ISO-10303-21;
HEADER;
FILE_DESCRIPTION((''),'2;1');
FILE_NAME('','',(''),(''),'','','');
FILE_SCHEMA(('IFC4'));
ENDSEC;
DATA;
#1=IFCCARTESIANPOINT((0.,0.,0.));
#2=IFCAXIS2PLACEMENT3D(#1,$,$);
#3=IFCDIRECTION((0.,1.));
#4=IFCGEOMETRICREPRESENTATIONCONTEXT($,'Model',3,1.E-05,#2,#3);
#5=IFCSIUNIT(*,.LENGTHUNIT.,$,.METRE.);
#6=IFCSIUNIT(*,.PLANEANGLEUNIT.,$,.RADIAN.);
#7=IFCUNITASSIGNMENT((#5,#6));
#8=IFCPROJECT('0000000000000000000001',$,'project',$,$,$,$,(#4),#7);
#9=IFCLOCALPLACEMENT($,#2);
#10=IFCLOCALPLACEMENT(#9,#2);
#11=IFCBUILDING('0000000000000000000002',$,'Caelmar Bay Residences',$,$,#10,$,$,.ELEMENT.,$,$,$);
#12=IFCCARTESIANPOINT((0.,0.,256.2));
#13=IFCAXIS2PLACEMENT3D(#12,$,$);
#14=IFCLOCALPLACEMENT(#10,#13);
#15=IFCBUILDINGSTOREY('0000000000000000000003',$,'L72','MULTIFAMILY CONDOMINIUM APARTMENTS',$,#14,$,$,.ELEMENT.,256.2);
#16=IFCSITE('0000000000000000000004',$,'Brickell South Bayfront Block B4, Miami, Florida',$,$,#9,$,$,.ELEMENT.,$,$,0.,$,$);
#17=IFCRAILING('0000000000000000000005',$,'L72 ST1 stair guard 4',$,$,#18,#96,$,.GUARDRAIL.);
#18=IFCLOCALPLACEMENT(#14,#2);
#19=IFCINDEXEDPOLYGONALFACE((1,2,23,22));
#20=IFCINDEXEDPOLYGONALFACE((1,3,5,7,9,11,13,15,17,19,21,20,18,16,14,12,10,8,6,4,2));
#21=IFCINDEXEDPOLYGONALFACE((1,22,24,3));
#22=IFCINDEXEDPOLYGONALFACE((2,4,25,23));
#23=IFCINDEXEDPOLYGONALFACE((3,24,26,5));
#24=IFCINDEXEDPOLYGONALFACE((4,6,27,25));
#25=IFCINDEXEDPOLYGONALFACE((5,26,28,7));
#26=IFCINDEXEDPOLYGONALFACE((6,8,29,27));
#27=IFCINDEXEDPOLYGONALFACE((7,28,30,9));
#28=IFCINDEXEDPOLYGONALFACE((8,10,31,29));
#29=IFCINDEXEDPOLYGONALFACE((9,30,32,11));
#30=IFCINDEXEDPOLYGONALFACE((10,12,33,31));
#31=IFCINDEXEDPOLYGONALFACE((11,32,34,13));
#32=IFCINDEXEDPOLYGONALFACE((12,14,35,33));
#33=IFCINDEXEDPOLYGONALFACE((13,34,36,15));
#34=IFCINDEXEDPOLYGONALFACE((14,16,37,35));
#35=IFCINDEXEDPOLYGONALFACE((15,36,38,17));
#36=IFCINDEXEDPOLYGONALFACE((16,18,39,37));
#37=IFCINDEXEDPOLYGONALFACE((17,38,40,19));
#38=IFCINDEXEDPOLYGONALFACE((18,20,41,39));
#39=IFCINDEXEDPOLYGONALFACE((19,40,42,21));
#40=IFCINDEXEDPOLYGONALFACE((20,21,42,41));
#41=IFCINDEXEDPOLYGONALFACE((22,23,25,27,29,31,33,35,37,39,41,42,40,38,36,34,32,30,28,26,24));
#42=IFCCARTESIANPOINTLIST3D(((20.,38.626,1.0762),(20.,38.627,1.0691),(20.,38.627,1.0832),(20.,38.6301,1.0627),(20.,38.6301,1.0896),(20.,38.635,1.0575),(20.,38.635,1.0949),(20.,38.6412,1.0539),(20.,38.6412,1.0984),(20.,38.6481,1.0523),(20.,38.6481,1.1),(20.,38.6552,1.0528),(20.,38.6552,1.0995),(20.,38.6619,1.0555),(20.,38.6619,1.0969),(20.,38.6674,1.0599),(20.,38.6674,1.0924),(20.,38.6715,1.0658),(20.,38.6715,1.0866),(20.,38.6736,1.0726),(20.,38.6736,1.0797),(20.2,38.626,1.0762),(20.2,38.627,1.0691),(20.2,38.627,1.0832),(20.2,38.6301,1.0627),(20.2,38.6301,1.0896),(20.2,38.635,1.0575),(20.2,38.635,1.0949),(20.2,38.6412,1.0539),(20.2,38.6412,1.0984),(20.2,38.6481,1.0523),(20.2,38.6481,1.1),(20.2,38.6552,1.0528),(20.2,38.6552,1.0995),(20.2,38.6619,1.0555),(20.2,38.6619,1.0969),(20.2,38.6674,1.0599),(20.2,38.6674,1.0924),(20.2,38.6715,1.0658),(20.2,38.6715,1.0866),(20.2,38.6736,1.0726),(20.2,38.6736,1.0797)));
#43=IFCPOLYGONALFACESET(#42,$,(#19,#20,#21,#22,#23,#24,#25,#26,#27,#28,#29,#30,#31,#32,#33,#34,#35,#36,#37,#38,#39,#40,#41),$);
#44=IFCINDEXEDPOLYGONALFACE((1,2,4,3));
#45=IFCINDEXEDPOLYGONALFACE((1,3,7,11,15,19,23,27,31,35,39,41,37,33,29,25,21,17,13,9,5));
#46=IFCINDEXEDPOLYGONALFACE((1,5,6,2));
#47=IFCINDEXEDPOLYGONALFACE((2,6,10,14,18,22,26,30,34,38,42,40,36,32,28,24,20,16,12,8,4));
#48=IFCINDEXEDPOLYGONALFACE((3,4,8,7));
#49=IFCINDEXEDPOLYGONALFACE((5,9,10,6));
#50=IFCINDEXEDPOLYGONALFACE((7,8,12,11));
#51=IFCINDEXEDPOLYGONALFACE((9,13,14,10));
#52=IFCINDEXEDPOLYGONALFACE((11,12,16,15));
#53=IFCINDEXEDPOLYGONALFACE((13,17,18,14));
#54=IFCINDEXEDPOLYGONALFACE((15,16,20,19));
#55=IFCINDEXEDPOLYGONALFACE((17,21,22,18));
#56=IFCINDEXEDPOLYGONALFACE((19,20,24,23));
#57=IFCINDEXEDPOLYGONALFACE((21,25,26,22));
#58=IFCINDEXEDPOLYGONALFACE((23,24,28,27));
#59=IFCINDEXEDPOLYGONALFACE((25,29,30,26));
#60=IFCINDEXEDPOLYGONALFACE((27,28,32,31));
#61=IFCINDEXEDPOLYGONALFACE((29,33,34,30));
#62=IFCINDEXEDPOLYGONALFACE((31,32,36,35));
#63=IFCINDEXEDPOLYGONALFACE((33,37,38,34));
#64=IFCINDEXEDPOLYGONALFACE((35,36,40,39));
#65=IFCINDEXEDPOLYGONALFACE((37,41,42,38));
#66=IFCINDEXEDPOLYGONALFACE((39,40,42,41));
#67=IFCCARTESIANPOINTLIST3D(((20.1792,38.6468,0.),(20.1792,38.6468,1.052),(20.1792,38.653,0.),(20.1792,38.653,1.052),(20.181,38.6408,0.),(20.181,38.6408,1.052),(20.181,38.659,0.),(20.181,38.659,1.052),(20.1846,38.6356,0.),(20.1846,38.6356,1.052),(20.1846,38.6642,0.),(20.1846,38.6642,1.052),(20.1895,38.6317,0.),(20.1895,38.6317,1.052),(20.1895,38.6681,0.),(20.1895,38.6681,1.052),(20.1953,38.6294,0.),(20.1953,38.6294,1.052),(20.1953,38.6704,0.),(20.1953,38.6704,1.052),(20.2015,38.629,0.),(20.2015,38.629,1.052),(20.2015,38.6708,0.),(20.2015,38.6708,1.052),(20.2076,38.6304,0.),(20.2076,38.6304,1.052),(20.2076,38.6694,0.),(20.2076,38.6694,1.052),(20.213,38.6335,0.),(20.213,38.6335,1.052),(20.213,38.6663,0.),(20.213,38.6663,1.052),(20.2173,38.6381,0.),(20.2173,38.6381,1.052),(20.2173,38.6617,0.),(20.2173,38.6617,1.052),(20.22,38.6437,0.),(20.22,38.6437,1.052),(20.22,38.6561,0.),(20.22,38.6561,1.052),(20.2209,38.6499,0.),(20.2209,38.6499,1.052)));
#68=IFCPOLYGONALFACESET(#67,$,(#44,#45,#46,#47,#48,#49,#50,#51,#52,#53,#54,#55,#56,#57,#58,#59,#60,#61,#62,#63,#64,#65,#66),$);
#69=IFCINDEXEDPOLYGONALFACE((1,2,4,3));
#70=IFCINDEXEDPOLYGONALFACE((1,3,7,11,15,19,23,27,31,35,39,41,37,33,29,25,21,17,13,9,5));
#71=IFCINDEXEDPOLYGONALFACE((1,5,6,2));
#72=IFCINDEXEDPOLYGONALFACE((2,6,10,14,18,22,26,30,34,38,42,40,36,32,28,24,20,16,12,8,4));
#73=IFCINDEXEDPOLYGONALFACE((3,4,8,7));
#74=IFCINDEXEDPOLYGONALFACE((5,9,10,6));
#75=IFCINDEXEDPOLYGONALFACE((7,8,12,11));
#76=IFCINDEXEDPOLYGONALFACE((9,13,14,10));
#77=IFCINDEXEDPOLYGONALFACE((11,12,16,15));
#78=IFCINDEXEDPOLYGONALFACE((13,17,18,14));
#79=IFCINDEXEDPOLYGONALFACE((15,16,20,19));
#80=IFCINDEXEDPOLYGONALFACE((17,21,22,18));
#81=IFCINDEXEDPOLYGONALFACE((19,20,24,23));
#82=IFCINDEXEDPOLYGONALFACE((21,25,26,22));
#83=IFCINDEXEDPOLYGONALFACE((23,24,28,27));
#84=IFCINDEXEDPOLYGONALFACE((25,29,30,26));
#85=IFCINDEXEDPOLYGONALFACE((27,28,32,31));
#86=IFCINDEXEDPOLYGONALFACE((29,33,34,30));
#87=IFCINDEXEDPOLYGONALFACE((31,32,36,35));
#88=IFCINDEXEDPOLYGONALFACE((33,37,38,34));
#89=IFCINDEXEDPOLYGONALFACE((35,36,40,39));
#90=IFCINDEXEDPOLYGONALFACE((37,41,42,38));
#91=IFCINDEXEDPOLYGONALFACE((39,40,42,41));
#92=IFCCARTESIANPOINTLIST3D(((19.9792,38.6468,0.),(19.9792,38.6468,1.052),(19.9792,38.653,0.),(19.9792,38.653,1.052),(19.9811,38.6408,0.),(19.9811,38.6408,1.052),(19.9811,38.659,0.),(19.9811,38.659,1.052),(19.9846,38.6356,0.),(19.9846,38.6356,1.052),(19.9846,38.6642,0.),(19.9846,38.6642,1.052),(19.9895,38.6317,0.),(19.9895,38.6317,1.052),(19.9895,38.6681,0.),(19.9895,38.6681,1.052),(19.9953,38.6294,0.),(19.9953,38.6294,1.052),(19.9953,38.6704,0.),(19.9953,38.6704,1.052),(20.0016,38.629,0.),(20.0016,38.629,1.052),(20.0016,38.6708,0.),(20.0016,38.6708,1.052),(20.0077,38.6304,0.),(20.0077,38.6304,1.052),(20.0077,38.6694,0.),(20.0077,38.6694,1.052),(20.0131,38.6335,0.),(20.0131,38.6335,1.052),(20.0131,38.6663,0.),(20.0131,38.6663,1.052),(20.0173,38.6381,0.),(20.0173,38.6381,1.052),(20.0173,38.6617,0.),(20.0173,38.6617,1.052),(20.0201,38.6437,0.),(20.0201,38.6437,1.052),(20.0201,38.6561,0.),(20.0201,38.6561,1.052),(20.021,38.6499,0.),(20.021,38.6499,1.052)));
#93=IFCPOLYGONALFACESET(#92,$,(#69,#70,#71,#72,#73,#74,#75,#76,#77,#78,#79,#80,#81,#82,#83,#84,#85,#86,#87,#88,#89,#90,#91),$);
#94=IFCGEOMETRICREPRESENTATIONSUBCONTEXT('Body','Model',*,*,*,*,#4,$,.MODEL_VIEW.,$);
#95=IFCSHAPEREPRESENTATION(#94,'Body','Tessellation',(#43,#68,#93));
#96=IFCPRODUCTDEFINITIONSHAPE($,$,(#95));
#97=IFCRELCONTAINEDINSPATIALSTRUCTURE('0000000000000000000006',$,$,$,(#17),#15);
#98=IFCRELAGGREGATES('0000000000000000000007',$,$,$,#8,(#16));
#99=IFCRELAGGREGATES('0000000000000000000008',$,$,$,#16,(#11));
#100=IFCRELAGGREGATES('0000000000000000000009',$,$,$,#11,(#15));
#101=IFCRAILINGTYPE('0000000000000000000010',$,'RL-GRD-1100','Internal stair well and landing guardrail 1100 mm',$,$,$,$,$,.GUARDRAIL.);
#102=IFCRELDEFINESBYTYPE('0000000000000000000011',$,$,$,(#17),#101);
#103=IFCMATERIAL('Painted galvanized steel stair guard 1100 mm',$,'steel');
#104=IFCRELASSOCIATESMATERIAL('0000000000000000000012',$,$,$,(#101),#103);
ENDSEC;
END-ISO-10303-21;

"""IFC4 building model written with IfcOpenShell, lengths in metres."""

from ifc_helpers import new_model, si_unit, direction, frame, origin, origin_2d, place, context, subcontext, project, spatial, circle, extrude, material, type_object, element, save


model = new_model("IFC4")

# Units and contexts
model_context = context("Model", 3, precision=1e-05, world=origin(), true_north=direction((0.0, 1.0)))
body_context = subcontext(model_context, "Body", "Model", "MODEL_VIEW")
ifc_project = project(units=[si_unit("LENGTHUNIT", "METRE"), si_unit("PLANEANGLEUNIT", "RADIAN")], contexts=[model_context])

# Site, building, storey
site_placement = place(None, origin())
site = spatial("IfcSite", under=ifc_project, at=site_placement, Name="Brickell South Bayfront Block B4, Miami, Florida", CompositionType="ELEMENT", RefElevation=0.0)
building_placement = place(site_placement, origin())
building = spatial("IfcBuilding", under=site, at=building_placement, Name="Caelmar Bay Residences", CompositionType="ELEMENT")
storey_placement = place(building_placement, frame((0.0, 0.0, 256.2)))
storey = spatial("IfcBuildingStorey", under=building, at=storey_placement, Name="L72", Description="MULTIFAMILY CONDOMINIUM APARTMENTS", CompositionType="ELEMENT", Elevation=256.2)

# Railing
ifc_material_1 = material(Name="Painted galvanized steel stair guard 1100 mm", Category="steel")
railing_type_1 = type_object("IfcRailingType", Name="RL-GRD-1100", Description="Internal stair well and landing guardrail 1100 mm", PredefinedType="GUARDRAIL", material=ifc_material_1)
railing_1_placement = place(storey_placement, frame((20.2, 38.6499, 0.0)))
element("IfcRailing", 1, at=railing_1_placement, inside=storey, type_object=railing_type_1, Name="L72 ST1 stair guard 4", PredefinedType="GUARDRAIL", context=body_context, shape_type="SweptSolid", body=[
    extrude(circle(Radius=0.0239, at=origin_2d()), frame((0.0, 0.0, 1.0762), z_axis=(-1.0, 0.0, 0.0), x_axis=(0.0, -1.0, 0.0)), (0.0, 0.0, 1.0), 0.2),
    extrude(circle(Radius=0.021, at=origin_2d()), origin(), (0.0, 0.0, 1.0), 1.052),
    extrude(circle(Radius=0.021, at=origin_2d()), frame((-0.2, 0.0, 0.0)), (0.0, 0.0, 1.0), 1.052),
])

save(model, "model.ifc")
